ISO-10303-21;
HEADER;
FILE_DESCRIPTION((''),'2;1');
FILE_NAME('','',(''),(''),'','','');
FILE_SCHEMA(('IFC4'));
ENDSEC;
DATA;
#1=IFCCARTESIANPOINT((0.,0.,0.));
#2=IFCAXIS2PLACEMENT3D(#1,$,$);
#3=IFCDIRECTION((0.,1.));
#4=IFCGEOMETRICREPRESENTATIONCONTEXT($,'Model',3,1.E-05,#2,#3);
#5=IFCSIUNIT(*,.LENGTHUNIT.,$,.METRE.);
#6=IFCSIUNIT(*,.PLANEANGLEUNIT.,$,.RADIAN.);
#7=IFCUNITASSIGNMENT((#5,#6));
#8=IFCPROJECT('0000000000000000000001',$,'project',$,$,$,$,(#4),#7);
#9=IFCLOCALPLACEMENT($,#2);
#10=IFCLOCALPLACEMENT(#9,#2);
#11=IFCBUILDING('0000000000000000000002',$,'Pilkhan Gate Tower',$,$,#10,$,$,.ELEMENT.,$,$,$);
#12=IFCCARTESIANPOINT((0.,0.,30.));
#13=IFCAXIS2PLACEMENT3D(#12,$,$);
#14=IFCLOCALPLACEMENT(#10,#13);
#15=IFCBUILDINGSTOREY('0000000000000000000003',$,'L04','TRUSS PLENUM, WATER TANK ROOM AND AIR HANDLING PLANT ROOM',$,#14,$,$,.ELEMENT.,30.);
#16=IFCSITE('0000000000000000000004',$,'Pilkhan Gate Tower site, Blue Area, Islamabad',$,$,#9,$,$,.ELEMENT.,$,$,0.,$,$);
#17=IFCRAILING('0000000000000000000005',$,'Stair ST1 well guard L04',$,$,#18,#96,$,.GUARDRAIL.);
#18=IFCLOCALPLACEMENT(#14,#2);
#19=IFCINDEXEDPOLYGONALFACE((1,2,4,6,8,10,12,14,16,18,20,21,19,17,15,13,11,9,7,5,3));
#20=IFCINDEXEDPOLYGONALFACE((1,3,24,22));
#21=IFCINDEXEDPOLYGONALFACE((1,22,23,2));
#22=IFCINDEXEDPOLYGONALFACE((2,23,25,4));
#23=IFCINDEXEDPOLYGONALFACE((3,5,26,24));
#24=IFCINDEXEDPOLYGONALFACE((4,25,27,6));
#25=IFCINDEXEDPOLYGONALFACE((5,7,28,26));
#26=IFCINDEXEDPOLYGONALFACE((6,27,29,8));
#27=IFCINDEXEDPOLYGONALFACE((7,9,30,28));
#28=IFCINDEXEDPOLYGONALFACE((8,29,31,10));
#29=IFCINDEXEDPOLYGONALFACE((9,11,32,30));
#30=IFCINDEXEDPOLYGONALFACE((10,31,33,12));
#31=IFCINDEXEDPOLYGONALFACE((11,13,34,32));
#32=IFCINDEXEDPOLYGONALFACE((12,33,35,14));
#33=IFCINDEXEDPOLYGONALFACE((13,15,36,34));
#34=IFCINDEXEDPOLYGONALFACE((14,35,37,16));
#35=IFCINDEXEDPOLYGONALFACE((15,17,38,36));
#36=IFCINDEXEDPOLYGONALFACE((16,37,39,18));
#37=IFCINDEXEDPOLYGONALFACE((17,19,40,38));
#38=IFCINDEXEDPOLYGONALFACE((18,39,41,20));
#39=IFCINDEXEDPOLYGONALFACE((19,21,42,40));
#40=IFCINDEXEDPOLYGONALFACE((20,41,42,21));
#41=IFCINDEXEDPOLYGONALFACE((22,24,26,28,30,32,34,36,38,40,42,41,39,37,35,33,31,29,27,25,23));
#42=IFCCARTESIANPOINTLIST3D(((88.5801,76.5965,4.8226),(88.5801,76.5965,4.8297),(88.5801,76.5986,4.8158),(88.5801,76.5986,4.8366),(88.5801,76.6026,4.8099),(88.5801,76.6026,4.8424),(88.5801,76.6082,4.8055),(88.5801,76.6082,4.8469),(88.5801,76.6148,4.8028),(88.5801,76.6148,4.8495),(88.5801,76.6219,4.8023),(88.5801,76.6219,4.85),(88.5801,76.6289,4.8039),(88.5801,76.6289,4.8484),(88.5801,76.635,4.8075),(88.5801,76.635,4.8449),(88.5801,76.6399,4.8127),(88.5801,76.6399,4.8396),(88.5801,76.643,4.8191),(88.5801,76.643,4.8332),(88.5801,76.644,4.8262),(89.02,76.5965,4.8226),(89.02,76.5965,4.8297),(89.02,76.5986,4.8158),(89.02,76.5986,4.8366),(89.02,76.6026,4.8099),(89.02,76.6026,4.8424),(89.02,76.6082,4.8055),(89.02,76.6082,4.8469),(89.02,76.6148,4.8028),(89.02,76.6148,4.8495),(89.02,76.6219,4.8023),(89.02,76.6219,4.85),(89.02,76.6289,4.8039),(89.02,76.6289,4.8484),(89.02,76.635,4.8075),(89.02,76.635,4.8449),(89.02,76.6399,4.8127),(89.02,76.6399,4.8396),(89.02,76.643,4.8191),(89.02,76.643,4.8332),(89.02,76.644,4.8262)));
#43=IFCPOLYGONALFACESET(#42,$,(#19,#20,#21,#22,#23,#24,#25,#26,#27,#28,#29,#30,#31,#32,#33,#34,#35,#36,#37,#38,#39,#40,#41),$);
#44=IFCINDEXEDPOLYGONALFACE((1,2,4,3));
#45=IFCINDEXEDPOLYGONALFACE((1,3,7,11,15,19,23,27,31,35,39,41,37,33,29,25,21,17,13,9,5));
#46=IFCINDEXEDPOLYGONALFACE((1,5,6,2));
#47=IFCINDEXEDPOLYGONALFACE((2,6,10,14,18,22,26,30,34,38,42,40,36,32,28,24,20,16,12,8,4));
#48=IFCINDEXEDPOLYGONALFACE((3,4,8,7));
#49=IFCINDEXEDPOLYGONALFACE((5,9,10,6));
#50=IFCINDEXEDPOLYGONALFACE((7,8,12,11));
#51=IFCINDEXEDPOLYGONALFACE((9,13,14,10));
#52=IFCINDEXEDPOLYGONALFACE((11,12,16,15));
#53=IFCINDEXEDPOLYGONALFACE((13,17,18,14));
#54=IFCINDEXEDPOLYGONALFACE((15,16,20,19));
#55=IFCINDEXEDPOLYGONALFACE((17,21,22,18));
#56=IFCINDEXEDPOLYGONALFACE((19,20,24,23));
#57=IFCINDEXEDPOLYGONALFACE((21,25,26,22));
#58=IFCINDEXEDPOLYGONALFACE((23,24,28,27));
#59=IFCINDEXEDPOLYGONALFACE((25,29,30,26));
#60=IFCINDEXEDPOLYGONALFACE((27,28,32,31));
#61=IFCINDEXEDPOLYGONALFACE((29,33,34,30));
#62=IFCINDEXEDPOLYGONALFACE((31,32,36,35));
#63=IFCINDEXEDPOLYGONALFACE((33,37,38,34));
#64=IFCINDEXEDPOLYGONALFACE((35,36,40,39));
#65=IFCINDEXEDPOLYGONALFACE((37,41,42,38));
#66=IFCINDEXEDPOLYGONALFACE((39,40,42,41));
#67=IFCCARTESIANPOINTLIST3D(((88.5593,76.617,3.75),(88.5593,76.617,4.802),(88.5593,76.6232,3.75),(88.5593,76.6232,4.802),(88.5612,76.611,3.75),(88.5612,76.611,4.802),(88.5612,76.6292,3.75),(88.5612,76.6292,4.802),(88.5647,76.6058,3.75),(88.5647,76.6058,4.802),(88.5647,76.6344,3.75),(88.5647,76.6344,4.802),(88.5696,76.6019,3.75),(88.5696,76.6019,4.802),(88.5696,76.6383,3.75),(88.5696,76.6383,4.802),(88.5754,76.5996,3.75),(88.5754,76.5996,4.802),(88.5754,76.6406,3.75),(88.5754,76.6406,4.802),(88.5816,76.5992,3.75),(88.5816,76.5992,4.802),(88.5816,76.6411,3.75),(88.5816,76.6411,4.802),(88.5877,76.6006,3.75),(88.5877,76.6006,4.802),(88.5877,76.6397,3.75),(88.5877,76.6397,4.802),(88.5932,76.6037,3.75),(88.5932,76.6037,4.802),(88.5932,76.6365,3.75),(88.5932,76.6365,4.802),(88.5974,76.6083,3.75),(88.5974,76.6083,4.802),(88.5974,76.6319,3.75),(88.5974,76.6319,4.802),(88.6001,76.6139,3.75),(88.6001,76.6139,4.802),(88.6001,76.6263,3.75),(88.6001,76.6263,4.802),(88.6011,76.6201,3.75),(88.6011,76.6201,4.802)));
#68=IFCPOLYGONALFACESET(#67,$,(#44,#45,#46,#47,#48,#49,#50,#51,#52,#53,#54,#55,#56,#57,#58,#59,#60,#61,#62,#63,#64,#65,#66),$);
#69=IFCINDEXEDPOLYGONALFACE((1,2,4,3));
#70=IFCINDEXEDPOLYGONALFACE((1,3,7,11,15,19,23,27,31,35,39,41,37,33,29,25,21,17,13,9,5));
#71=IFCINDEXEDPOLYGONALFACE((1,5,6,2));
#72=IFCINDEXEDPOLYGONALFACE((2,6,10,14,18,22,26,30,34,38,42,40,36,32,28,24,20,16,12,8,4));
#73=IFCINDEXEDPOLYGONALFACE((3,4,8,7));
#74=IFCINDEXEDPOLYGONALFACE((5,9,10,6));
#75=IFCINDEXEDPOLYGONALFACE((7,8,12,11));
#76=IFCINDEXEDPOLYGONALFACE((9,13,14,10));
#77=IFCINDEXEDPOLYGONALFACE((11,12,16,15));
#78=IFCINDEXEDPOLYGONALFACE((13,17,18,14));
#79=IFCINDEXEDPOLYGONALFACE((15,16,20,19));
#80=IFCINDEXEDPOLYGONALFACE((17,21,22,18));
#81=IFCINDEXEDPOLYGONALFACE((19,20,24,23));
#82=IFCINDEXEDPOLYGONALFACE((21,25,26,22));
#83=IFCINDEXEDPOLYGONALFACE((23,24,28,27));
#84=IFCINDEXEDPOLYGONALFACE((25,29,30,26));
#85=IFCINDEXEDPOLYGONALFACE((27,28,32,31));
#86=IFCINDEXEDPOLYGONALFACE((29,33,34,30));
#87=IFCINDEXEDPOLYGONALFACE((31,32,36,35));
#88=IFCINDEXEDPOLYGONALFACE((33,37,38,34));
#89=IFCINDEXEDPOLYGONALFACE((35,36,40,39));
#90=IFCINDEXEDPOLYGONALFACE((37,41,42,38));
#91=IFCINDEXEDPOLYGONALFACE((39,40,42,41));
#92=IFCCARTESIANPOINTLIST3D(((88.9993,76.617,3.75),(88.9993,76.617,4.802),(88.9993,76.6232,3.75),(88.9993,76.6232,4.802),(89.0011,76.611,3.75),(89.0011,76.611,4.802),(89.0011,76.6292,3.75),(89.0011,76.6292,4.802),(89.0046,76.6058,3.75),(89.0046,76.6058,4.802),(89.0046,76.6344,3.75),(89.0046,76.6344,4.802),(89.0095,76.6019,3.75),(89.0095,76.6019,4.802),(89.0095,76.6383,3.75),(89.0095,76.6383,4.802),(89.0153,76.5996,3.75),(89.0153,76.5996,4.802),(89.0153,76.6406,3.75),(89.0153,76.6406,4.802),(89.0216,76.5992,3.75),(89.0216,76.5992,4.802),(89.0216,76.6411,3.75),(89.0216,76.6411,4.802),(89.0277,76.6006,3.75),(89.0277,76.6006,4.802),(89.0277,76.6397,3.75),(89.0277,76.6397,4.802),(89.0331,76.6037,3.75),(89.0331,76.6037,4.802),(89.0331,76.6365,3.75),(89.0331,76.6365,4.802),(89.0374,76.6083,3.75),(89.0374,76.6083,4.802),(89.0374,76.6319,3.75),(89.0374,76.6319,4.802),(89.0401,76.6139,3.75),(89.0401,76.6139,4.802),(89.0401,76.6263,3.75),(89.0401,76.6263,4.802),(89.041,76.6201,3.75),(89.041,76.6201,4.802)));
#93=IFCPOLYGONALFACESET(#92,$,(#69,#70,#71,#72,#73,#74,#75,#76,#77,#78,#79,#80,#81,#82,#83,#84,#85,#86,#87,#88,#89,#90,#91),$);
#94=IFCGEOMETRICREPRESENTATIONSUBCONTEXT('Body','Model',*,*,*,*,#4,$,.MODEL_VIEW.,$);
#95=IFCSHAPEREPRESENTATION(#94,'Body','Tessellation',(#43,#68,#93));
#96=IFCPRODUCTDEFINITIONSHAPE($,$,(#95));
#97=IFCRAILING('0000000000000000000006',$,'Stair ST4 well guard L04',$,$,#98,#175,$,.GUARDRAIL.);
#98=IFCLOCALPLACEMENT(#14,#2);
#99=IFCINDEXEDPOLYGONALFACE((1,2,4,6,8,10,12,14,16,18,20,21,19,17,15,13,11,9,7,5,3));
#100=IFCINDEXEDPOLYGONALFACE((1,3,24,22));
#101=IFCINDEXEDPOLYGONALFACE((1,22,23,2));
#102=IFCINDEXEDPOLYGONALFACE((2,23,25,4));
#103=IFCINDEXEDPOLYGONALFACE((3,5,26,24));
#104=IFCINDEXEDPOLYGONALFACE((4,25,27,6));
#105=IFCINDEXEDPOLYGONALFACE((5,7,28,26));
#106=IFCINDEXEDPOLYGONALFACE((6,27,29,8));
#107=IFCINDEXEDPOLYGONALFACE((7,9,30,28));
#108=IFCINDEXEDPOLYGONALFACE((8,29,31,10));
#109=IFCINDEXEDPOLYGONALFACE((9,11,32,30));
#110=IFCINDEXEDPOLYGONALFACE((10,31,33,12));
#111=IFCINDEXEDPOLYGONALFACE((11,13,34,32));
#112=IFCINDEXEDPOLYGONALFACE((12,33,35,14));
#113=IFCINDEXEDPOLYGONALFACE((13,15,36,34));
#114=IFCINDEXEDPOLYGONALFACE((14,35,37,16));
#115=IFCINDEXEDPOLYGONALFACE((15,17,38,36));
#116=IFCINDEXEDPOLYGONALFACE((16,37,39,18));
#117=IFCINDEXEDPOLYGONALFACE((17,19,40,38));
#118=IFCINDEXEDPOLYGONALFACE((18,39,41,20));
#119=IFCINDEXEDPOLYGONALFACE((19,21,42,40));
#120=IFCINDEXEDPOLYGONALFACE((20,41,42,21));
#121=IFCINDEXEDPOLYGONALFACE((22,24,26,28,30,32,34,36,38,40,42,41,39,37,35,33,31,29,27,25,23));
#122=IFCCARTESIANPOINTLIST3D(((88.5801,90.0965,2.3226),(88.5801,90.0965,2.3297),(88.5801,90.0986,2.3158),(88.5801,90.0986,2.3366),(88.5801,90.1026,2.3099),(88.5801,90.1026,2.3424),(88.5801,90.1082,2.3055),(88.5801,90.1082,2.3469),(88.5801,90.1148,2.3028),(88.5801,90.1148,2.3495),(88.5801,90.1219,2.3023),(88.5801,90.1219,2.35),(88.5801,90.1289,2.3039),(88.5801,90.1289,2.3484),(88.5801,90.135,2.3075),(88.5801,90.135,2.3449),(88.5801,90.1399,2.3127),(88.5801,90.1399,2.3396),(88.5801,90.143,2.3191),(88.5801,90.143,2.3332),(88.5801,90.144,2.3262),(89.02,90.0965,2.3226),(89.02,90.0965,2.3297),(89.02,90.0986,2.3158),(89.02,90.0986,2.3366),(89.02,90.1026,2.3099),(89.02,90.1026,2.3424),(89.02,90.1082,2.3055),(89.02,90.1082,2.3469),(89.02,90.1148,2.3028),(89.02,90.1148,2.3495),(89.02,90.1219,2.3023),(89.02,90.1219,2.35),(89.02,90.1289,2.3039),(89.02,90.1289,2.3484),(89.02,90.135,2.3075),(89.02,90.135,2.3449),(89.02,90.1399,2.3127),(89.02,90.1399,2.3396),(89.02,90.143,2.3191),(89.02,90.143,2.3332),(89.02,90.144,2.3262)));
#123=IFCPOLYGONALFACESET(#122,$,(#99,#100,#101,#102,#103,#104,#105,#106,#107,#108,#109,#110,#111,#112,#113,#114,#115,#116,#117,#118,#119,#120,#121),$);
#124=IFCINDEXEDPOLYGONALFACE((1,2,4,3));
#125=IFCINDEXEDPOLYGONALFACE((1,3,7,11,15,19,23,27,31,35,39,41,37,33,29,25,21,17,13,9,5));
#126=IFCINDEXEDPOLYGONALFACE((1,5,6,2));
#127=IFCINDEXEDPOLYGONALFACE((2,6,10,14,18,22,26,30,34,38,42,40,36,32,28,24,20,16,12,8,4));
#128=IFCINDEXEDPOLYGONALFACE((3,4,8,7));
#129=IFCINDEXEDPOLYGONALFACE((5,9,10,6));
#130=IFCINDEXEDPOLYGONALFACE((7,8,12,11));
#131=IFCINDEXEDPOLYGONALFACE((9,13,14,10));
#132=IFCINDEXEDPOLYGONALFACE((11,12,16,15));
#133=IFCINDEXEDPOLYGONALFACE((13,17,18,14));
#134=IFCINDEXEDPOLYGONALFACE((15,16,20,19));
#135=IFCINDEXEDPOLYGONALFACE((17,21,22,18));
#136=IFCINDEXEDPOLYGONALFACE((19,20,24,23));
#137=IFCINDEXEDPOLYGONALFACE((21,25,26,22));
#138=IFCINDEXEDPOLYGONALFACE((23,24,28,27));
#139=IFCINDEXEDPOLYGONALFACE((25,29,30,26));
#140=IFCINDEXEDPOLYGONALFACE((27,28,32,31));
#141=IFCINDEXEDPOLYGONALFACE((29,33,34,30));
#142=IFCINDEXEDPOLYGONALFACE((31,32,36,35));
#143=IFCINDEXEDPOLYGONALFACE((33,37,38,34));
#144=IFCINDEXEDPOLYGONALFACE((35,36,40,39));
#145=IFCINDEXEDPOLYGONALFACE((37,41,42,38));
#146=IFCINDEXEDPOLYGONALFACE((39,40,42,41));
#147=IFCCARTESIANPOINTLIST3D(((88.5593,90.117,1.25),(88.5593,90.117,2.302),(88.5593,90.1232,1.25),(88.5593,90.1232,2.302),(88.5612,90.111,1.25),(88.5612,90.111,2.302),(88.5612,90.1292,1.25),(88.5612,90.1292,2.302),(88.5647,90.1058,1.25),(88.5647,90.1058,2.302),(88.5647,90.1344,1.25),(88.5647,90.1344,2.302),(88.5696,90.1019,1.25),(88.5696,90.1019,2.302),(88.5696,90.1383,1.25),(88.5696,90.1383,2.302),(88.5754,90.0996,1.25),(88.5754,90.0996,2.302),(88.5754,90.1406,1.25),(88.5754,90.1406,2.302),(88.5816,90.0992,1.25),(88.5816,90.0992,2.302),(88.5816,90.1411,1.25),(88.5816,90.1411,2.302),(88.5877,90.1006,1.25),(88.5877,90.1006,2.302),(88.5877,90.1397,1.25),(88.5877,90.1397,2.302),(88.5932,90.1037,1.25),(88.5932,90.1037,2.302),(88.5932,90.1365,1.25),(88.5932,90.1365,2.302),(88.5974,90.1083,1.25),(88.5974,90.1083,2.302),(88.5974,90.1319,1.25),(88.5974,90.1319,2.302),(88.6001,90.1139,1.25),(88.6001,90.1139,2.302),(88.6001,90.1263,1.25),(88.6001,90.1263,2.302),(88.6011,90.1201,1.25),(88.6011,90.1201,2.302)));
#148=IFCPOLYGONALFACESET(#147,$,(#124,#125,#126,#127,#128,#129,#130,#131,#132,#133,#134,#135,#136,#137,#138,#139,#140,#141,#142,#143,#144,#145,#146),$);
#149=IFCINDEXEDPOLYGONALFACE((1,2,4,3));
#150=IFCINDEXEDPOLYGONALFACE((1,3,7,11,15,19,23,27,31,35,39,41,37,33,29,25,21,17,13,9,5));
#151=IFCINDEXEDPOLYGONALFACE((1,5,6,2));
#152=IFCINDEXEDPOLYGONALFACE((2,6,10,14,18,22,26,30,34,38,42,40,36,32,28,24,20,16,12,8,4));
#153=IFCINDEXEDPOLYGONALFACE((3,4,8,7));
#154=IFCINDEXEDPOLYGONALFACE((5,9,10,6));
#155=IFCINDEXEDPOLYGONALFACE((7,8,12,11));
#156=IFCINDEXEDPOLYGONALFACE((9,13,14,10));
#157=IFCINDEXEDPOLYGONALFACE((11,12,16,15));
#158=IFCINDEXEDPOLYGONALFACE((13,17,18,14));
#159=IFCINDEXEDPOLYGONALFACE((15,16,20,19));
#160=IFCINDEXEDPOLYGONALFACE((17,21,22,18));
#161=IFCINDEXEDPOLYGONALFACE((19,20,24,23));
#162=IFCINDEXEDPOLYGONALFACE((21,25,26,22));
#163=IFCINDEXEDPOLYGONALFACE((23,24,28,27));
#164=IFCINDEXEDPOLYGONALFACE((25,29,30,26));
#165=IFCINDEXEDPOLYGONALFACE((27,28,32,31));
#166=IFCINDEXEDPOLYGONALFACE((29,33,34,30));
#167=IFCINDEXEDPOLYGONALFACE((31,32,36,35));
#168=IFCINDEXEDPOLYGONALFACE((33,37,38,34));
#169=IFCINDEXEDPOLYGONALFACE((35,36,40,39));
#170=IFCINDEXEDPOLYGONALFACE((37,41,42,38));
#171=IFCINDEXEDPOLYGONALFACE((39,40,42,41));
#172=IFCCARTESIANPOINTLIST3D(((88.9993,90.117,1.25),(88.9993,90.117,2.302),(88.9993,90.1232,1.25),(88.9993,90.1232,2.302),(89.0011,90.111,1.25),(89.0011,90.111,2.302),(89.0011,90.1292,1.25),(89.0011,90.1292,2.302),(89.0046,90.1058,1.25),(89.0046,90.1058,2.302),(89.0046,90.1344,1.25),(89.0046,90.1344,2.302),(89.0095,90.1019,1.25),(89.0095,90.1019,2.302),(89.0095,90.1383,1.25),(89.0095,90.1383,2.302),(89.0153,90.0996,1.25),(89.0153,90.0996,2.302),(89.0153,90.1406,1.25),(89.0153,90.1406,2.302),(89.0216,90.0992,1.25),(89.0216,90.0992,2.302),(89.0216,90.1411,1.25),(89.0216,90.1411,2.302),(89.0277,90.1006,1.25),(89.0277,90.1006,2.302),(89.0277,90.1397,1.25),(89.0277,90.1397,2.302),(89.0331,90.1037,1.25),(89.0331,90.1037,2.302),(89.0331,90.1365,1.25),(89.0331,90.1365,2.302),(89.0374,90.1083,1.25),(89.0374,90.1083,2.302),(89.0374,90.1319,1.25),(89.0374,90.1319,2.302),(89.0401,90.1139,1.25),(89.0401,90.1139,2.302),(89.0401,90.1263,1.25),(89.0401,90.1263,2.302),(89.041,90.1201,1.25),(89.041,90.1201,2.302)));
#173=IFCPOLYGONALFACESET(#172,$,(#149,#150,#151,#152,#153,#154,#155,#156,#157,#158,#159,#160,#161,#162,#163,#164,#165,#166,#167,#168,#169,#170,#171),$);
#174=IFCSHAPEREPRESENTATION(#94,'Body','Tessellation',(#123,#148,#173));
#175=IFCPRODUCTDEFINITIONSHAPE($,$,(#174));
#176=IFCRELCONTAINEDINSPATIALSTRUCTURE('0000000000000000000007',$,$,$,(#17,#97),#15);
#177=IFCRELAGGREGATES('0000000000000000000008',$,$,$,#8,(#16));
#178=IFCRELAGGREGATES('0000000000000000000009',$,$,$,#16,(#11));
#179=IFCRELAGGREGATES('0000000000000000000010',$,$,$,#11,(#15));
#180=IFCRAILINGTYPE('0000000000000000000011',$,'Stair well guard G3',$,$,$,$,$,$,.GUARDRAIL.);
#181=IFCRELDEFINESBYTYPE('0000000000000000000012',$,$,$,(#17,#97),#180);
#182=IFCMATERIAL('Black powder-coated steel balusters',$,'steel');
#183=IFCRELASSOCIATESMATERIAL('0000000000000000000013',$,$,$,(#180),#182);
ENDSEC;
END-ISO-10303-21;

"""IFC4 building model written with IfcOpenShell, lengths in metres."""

from ifc_helpers import new_model, si_unit, direction, frame, origin, origin_2d, place, context, subcontext, project, spatial, circle, extrude, material, type_object, element, save


model = new_model("IFC4")

# Units and contexts
model_context = context("Model", 3, precision=1e-05, world=origin(), true_north=direction((0.0, 1.0)))
body_context = subcontext(model_context, "Body", "Model", "MODEL_VIEW")
ifc_project = project(units=[si_unit("LENGTHUNIT", "METRE"), si_unit("PLANEANGLEUNIT", "RADIAN")], contexts=[model_context])

# Site, building, storey
site_placement = place(None, origin())
site = spatial("IfcSite", under=ifc_project, at=site_placement, Name="Pilkhan Gate Tower site, Blue Area, Islamabad", CompositionType="ELEMENT", RefElevation=0.0)
building_placement = place(site_placement, origin())
building = spatial("IfcBuilding", under=site, at=building_placement, Name="Pilkhan Gate Tower", CompositionType="ELEMENT")
storey_placement = place(building_placement, frame((0.0, 0.0, 30.0)))
storey = spatial("IfcBuildingStorey", under=building, at=storey_placement, Name="L04", Description="TRUSS PLENUM, WATER TANK ROOM AND AIR HANDLING PLANT ROOM", CompositionType="ELEMENT", Elevation=30.0)

# Railings
ifc_material_1 = material(Name="Black powder-coated steel balusters", Category="steel")
railing_type = type_object("IfcRailingType", Name="Stair well guard G3", PredefinedType="GUARDRAIL", material=ifc_material_1)
for number, where, name in (
    (1, (88.5801, 76.6201, 3.75), "Stair ST1 well guard L04"),
    (2, (88.5801, 90.1201, 1.25), "Stair ST4 well guard L04"),
):
    element("IfcRailing", number, at=place(storey_placement, frame(where)), inside=storey, type_object=railing_type, Name=name, PredefinedType="GUARDRAIL", context=body_context, shape_type="SweptSolid", body=[
        extrude(circle(Radius=0.0239, at=origin_2d()), frame((0.0, 0.0, 1.0762), z_axis=(1.0, 0.0, 0.0), x_axis=(0.0, 1.0, 0.0)), (0.0, 0.0, 1.0), 0.4399),
        extrude(circle(Radius=0.021, at=origin_2d()), origin(), (0.0, 0.0, 1.0), 1.052),
        extrude(circle(Radius=0.021, at=origin_2d()), frame((0.4399, 0.0, 0.0)), (0.0, 0.0, 1.0), 1.052),
    ])

save(model, "model.ifc")
